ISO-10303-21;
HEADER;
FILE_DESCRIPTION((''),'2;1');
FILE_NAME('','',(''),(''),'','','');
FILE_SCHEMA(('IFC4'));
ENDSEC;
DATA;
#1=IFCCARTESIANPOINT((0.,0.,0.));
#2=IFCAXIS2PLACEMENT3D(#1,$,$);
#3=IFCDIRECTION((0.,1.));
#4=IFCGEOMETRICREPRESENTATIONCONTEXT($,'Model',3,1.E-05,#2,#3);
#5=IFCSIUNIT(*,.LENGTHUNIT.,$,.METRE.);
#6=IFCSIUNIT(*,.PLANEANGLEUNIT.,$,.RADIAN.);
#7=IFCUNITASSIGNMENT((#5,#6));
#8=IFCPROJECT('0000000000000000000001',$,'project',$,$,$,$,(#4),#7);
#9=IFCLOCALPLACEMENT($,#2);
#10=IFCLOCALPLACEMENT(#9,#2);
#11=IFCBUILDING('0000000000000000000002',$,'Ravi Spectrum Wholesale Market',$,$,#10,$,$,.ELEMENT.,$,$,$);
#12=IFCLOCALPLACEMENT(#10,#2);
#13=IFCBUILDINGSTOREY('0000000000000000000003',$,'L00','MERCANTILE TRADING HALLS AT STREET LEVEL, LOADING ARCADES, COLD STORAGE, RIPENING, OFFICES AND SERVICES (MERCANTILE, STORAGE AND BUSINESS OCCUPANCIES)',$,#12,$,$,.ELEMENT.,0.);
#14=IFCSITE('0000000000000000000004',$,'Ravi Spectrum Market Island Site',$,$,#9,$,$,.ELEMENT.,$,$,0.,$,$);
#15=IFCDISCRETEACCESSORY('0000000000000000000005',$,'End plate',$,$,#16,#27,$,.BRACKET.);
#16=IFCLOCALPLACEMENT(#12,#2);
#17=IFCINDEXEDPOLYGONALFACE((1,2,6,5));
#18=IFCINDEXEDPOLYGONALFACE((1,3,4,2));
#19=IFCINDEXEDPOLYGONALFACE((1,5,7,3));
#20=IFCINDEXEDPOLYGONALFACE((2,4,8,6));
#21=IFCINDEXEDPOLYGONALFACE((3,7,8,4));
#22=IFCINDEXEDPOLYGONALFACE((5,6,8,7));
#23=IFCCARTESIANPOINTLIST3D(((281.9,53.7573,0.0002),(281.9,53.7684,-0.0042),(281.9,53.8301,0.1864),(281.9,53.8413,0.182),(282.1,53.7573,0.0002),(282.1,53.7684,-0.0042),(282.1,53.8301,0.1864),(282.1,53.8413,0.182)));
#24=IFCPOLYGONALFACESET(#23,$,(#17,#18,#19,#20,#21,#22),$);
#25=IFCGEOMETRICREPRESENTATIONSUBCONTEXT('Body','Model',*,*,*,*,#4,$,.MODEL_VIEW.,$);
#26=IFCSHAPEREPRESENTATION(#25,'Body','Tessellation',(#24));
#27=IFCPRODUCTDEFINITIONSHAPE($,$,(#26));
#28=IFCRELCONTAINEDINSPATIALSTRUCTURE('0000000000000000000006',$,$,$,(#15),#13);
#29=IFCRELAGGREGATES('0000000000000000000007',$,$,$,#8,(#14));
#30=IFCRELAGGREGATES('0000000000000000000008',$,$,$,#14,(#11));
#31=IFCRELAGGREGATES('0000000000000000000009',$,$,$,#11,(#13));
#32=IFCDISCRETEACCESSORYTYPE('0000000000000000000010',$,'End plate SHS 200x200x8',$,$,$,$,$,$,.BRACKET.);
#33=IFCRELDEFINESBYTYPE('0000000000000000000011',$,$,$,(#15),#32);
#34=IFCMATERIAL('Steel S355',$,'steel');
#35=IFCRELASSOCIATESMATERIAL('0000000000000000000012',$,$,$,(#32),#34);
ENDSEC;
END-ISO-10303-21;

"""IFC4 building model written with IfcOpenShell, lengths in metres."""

from ifc_helpers import new_model, si_unit, direction, frame, origin, origin_2d, place, context, subcontext, project, spatial, rectangle, extrude, material, material_profile, profile_set, type_object, element, save


model = new_model("IFC4")

# Units and contexts
model_context = context("Model", 3, precision=1e-05, world=origin(), true_north=direction((0.0, 1.0)))
body_context = subcontext(model_context, "Body", "Model", "MODEL_VIEW")
ifc_project = project(units=[si_unit("LENGTHUNIT", "METRE"), si_unit("PLANEANGLEUNIT", "RADIAN")], contexts=[model_context])

# Site, building, storey
site_placement = place(None, origin())
site = spatial("IfcSite", under=ifc_project, at=site_placement, Name="Ravi Spectrum Market Island Site", CompositionType="ELEMENT", RefElevation=0.0)
building_placement = place(site_placement, origin())
building = spatial("IfcBuilding", under=site, at=building_placement, Name="Ravi Spectrum Wholesale Market", CompositionType="ELEMENT")
storey_placement = place(building_placement, origin())
storey = spatial("IfcBuildingStorey", under=building, at=storey_placement, Name="L00", Description="MERCANTILE TRADING HALLS AT STREET LEVEL, LOADING ARCADES, COLD STORAGE, RIPENING, OFFICES AND SERVICES (MERCANTILE, STORAGE AND BUSINESS OCCUPANCIES)", CompositionType="ELEMENT", Elevation=0.0)

# Discrete accessory
ifc_material_1 = material(Name="Steel S355", Category="steel")
ifc_material_profile_1 = material_profile(ifc_material_1, rectangle(XDim=0.2, YDim=0.2, at=origin_2d()))
ifc_profile_set_1 = profile_set([ifc_material_profile_1], Name="Steel S355")
discrete_accessory_type = type_object("IfcDiscreteAccessoryType", Name="End plate SHS 200x200x8", PredefinedType="BRACKET", material=ifc_profile_set_1)
discrete_accessory_placement = place(storey_placement, frame((282.0, 53.7937, 0.0933), z_axis=(0.0, 0.931243, -0.364399), x_axis=(-1.0, 0.0, 0.0)))
element("IfcDiscreteAccessory", 1, at=discrete_accessory_placement, inside=storey, type_object=discrete_accessory_type, Name="End plate", PredefinedType="BRACKET", context=body_context, shape_type="SweptSolid", body=[
    extrude(rectangle(XDim=0.2, YDim=0.2, at=origin_2d()), origin(), (0.0, 0.0, 1.0), 0.012),
])

save(model, "model.ifc")
